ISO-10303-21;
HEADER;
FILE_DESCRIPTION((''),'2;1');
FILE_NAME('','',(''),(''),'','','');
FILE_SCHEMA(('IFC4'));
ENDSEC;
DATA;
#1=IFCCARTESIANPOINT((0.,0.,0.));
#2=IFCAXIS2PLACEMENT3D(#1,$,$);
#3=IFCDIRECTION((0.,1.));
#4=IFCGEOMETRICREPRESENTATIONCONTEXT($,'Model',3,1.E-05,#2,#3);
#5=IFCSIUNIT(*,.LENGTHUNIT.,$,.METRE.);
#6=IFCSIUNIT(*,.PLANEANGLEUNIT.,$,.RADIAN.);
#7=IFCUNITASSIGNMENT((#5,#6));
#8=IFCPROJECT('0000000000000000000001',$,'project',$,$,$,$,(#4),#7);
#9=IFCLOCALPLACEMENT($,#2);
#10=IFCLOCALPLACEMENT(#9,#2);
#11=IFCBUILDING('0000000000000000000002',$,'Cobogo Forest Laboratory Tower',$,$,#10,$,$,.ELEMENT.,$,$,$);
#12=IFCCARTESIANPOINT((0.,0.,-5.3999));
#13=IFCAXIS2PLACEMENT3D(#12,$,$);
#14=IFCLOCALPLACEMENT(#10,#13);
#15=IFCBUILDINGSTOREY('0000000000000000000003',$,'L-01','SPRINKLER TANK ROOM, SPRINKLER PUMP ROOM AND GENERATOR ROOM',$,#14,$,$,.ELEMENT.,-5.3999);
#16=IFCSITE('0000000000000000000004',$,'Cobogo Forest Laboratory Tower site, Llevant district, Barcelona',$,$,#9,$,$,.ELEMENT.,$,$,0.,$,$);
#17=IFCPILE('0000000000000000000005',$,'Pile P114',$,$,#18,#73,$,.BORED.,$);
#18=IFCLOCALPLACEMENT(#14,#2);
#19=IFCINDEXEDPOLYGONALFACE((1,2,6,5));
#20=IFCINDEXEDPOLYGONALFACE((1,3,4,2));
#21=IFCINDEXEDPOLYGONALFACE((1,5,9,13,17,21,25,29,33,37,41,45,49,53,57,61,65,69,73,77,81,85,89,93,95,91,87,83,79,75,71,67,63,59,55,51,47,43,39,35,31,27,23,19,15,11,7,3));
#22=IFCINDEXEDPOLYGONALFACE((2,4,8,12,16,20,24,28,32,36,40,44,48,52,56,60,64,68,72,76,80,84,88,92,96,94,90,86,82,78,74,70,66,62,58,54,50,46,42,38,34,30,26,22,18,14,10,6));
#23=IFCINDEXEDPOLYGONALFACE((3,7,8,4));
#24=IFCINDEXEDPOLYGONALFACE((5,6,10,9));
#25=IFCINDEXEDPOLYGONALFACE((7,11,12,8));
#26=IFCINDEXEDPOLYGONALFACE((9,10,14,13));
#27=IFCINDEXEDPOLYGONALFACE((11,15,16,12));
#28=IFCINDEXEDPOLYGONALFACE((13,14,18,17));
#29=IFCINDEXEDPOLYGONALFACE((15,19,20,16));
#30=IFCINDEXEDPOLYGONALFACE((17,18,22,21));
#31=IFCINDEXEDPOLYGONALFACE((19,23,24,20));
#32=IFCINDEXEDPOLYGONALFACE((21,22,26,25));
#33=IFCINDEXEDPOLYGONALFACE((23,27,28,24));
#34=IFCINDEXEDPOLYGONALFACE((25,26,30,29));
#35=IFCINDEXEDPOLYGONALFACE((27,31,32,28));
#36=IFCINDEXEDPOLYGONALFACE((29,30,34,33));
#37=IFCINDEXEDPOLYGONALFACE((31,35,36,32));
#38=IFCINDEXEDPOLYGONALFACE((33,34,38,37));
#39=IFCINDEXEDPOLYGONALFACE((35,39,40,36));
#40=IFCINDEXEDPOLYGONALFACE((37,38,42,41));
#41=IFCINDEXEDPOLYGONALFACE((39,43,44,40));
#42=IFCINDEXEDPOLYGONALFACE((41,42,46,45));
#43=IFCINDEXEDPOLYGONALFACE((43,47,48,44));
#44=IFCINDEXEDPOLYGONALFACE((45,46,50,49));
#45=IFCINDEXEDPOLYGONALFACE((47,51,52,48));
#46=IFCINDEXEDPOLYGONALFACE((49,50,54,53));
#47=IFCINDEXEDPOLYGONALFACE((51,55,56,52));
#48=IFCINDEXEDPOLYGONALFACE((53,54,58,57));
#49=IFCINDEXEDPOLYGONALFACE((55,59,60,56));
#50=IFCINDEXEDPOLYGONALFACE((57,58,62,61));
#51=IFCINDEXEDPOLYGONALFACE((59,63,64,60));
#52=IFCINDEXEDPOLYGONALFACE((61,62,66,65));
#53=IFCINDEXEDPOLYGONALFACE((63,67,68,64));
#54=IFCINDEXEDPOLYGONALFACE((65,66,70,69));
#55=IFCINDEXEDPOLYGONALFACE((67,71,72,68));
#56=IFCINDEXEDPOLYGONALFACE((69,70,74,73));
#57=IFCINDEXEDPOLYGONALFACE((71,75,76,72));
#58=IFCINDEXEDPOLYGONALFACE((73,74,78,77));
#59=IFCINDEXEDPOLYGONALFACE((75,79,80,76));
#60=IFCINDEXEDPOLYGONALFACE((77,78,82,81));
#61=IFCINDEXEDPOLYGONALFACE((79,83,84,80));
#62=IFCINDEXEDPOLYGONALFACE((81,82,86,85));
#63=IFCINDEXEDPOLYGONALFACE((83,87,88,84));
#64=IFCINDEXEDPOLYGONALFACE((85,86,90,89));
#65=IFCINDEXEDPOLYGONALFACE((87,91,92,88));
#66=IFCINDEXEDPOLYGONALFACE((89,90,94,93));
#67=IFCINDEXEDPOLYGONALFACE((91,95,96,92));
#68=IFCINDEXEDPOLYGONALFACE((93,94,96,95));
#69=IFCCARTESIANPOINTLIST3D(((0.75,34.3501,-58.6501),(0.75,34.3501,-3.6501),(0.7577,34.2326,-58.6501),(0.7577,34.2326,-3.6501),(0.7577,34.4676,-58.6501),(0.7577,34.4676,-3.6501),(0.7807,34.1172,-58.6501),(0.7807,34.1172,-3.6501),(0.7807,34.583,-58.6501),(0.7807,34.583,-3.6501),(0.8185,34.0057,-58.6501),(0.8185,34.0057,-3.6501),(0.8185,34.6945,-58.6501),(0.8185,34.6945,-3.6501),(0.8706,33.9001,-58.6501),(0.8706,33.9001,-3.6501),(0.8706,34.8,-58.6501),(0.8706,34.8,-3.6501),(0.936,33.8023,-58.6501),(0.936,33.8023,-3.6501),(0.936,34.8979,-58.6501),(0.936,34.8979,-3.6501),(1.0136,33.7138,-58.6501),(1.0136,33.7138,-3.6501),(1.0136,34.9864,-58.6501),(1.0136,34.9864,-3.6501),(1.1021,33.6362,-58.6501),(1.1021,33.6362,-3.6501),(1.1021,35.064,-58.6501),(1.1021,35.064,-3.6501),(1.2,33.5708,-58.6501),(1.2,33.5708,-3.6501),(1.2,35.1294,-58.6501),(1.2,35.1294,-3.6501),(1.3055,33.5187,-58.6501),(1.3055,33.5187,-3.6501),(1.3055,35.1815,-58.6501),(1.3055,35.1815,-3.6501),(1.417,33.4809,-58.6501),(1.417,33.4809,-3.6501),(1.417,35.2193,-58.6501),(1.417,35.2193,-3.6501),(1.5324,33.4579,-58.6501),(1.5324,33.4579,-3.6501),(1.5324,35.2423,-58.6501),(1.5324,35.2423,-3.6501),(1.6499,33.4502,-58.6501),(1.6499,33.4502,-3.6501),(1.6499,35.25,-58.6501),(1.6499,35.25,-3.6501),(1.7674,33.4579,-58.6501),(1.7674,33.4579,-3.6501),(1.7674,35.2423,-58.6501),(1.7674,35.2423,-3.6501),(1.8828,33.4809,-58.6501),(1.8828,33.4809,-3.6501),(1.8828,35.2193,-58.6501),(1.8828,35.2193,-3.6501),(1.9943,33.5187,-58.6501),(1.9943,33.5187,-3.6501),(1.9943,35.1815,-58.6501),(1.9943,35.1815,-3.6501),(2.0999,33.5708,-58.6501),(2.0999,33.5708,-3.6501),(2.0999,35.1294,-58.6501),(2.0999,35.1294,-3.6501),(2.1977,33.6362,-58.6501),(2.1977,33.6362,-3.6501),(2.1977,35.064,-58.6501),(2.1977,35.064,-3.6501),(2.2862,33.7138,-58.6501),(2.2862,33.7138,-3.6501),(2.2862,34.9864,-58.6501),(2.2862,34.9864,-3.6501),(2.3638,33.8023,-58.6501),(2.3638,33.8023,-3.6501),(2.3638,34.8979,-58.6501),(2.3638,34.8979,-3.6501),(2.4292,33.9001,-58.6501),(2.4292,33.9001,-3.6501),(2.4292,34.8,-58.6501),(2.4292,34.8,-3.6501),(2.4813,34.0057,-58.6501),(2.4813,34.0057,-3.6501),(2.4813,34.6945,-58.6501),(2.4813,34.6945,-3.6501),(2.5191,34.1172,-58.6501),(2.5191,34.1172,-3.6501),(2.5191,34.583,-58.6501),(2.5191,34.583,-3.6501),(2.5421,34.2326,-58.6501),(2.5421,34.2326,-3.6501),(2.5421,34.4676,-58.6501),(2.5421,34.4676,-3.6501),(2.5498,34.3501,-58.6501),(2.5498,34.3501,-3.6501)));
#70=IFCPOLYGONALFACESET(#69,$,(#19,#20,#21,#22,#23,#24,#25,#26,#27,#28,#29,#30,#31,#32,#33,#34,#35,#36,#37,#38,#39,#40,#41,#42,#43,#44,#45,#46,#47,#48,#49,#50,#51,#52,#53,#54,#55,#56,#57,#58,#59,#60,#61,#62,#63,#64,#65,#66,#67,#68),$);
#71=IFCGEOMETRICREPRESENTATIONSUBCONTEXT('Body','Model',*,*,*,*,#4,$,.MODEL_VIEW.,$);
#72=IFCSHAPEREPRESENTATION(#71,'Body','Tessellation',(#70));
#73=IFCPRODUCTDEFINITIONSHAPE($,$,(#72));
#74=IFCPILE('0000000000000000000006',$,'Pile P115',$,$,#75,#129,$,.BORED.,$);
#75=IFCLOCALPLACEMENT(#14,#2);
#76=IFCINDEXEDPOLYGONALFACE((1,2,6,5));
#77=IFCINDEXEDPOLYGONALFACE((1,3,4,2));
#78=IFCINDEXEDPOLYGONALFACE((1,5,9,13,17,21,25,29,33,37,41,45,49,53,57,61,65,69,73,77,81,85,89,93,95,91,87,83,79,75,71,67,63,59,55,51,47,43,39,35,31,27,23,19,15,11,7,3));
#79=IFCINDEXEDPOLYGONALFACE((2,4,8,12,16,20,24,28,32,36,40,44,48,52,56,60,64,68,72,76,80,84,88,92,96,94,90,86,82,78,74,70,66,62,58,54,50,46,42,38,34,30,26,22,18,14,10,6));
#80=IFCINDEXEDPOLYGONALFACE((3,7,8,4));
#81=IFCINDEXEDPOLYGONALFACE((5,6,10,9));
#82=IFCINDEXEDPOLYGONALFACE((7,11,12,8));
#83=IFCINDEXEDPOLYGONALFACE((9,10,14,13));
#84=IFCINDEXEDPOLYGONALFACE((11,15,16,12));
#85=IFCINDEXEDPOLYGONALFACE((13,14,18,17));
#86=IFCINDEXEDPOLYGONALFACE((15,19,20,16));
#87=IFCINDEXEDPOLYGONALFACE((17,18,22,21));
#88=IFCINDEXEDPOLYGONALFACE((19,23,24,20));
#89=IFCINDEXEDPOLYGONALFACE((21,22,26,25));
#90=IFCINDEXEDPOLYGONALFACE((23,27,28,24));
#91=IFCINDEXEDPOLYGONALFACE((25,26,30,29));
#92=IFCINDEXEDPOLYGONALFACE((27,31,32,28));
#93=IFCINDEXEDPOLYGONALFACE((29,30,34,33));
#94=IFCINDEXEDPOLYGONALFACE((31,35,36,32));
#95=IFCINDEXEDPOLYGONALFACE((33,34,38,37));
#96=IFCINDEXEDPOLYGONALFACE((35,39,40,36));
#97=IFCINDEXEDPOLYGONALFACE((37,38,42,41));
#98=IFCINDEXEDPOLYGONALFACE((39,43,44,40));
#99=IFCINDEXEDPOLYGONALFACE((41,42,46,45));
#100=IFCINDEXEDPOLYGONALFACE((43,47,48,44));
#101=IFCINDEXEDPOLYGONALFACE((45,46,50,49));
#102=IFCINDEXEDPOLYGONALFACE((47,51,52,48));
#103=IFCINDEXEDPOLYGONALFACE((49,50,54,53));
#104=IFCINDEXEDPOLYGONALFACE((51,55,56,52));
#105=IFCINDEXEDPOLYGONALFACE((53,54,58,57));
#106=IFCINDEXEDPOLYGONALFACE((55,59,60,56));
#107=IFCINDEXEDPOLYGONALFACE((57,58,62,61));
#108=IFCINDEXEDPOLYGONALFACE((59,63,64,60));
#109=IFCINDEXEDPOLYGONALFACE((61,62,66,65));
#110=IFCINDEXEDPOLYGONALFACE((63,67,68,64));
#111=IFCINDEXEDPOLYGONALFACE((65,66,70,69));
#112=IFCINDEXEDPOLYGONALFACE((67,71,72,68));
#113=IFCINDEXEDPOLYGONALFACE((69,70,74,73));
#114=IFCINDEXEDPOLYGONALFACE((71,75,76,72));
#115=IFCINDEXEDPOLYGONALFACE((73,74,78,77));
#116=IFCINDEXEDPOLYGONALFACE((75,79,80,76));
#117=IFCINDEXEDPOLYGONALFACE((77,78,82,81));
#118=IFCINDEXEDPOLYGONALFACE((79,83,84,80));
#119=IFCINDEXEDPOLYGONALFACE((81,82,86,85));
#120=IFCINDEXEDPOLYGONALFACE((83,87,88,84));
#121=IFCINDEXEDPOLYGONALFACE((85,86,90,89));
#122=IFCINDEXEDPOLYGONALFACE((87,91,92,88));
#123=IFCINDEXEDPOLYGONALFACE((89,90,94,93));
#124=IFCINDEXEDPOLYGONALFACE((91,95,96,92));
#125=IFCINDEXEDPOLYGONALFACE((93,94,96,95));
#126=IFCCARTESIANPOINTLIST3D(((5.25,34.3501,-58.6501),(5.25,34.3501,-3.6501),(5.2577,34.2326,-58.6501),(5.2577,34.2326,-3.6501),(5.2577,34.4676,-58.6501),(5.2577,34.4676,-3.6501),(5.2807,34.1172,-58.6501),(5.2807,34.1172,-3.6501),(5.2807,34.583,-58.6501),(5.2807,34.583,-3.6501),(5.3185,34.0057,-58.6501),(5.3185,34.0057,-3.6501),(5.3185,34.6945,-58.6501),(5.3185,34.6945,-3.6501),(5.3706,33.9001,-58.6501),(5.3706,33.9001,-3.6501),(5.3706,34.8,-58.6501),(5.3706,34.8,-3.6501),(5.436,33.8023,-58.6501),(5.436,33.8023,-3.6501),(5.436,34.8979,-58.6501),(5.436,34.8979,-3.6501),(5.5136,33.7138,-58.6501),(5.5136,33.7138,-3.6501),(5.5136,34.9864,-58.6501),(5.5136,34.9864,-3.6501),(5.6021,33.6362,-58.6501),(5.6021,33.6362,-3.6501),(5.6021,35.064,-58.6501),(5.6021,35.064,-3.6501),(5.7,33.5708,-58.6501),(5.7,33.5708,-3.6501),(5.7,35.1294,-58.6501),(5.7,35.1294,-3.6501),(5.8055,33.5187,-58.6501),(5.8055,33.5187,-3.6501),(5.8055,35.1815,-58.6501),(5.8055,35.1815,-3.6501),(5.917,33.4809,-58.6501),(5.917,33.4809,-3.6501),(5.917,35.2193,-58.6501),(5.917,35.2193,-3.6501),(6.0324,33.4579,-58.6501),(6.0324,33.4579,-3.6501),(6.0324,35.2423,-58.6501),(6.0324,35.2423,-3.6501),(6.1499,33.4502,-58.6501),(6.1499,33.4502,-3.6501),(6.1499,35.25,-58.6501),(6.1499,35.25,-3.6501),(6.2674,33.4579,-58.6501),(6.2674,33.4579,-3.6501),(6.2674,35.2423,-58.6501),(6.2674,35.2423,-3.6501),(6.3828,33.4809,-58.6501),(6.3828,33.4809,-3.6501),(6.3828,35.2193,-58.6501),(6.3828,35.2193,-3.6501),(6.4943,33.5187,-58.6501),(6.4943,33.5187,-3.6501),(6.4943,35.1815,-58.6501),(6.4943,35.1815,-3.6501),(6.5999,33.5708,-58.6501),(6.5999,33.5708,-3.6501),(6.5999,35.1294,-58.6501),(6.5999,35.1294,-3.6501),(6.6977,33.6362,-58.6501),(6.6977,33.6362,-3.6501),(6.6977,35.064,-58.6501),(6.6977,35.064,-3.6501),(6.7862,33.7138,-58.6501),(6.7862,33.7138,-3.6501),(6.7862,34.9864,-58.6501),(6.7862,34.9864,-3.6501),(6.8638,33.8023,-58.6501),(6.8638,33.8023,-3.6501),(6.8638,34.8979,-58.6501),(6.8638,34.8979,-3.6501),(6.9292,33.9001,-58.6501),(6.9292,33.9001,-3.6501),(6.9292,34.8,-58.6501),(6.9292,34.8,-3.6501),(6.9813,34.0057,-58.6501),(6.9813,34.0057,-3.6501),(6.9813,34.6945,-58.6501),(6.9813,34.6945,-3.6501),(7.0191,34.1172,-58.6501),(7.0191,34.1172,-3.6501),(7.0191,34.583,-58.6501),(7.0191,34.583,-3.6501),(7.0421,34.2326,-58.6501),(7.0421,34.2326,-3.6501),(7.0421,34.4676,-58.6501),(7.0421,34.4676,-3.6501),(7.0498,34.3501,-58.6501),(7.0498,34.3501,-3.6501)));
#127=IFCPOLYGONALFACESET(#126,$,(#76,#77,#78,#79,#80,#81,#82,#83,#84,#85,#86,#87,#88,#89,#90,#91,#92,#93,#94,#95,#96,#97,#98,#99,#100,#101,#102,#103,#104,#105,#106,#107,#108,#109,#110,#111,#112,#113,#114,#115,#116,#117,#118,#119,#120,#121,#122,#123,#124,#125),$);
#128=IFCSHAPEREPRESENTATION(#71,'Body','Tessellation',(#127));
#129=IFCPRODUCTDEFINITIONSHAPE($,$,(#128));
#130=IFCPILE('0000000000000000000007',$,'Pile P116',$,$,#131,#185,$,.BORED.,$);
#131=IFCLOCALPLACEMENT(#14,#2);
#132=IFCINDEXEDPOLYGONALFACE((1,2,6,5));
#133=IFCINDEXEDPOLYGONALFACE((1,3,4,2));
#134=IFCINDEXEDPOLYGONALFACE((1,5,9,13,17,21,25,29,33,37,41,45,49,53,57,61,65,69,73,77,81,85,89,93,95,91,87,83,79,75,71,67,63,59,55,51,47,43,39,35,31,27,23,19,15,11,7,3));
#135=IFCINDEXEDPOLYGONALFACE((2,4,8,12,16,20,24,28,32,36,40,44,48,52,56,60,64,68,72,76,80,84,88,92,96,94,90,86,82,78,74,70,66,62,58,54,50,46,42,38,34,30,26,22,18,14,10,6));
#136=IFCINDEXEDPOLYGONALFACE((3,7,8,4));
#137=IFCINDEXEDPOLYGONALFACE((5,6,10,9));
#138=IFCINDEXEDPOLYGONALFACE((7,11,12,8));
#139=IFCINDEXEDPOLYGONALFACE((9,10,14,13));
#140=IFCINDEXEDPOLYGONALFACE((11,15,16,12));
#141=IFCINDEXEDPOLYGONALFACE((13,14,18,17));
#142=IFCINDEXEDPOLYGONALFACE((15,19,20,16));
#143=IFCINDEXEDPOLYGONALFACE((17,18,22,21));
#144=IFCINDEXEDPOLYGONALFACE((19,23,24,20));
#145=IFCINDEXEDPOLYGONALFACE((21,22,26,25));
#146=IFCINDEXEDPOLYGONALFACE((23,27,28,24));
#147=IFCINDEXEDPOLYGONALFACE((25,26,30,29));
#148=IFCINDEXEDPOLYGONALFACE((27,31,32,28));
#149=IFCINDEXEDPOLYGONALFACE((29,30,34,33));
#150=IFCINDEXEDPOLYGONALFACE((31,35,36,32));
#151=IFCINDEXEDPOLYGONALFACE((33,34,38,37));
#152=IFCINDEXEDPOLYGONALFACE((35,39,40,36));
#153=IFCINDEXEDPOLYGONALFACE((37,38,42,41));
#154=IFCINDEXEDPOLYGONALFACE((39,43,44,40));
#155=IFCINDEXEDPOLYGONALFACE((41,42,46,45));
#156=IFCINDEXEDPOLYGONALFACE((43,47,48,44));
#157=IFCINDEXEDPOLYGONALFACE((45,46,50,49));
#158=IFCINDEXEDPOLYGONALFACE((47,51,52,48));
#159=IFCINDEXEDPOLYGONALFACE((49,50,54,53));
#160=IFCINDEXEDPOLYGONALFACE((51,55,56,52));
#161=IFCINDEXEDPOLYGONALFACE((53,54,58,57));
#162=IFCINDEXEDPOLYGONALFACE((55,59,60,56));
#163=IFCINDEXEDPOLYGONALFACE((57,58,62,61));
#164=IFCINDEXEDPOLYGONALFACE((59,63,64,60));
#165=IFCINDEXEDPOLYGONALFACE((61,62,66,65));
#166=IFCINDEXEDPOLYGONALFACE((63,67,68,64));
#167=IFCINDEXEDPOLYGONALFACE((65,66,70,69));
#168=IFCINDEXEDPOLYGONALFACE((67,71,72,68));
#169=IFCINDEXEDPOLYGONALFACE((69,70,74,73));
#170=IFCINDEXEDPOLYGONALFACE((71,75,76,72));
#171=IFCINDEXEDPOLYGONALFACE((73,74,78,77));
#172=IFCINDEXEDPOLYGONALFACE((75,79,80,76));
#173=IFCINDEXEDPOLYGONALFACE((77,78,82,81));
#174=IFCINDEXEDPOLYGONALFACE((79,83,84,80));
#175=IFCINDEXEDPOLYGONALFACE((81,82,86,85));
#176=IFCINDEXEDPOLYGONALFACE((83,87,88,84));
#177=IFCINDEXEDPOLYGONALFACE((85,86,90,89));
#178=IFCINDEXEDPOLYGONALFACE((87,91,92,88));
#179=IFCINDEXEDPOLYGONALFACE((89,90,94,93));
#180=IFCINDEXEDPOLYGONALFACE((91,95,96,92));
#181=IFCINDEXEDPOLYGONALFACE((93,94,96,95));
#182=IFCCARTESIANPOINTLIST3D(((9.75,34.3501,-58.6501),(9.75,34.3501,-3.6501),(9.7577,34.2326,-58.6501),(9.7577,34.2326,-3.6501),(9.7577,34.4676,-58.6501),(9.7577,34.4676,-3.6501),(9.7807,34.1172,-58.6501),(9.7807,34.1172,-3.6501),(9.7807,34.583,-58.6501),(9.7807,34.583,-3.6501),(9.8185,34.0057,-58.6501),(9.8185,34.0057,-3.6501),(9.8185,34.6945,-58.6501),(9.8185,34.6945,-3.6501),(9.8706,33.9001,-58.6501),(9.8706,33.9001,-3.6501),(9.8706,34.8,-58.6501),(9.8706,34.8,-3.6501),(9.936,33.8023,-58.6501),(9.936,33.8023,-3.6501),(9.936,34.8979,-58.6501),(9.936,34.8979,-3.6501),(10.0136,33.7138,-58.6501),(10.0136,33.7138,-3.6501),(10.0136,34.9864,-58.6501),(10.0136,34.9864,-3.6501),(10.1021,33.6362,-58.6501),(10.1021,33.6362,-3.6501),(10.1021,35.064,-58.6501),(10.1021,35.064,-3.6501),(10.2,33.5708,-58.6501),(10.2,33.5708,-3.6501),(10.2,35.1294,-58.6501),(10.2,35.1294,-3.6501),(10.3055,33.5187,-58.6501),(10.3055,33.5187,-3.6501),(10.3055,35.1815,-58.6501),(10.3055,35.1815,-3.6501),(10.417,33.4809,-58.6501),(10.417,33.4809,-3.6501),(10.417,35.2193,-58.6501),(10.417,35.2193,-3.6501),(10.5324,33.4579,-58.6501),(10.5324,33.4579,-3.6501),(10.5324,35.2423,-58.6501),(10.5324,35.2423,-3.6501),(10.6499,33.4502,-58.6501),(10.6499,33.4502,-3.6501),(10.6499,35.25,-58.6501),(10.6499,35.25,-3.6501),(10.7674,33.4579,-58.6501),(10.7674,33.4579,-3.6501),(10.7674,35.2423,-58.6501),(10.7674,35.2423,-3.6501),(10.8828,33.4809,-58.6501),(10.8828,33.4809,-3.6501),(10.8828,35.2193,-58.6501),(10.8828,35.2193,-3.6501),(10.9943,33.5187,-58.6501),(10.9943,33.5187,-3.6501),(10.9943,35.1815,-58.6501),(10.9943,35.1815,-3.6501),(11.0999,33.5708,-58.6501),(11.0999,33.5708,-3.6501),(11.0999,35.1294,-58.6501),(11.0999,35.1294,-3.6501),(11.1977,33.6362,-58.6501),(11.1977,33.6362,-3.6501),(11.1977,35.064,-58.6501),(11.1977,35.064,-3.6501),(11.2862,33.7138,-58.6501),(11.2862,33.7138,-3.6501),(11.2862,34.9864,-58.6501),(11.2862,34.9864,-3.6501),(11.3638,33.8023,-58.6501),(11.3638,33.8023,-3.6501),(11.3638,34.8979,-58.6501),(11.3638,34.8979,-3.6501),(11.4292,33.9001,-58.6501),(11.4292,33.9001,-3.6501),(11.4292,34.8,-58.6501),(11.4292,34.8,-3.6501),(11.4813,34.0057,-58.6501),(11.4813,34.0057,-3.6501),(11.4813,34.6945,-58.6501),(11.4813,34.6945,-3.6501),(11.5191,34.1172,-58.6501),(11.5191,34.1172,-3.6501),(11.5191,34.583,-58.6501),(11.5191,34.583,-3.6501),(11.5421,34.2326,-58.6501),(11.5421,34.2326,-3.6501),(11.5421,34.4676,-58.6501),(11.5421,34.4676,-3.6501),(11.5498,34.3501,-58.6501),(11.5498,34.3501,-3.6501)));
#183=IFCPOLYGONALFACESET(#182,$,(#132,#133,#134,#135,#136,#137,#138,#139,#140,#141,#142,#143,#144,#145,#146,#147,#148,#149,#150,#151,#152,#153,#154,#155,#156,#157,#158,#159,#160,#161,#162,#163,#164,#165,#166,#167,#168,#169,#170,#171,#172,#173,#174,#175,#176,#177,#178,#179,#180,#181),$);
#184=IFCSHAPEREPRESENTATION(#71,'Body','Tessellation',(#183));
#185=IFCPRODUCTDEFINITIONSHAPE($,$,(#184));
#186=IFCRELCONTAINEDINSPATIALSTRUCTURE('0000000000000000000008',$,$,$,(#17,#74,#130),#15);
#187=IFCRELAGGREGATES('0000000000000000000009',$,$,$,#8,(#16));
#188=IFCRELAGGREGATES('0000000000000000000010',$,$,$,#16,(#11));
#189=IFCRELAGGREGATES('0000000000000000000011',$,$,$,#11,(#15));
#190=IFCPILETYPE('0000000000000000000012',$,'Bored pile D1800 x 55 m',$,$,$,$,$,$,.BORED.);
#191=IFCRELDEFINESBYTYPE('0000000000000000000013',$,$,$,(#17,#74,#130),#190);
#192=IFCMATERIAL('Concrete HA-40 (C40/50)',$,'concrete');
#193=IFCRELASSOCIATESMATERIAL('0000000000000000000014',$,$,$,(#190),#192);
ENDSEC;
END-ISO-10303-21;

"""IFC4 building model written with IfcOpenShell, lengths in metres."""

from ifc_helpers import new_model, si_unit, direction, frame, origin, origin_2d, place, context, subcontext, project, spatial, circle, extrude, material, material_profile, profile_set, type_object, element, save


model = new_model("IFC4")

# Units and contexts
model_context = context("Model", 3, precision=1e-05, world=origin(), true_north=direction((0.0, 1.0)))
body_context = subcontext(model_context, "Body", "Model", "MODEL_VIEW")
ifc_project = project(units=[si_unit("LENGTHUNIT", "METRE"), si_unit("PLANEANGLEUNIT", "RADIAN")], contexts=[model_context])

# Site, building, storey
site_placement = place(None, origin())
site = spatial("IfcSite", under=ifc_project, at=site_placement, Name="Cobogo Forest Laboratory Tower site, Llevant district, Barcelona", CompositionType="ELEMENT", RefElevation=0.0)
building_placement = place(site_placement, origin())
building = spatial("IfcBuilding", under=site, at=building_placement, Name="Cobogo Forest Laboratory Tower", CompositionType="ELEMENT")
storey_placement = place(building_placement, frame((0.0, 0.0, -5.3999)))
storey = spatial("IfcBuildingStorey", under=building, at=storey_placement, Name="L-01", Description="SPRINKLER TANK ROOM, SPRINKLER PUMP ROOM AND GENERATOR ROOM", CompositionType="ELEMENT", Elevation=-5.3999)

# Piles
ifc_material_1 = material(Name="Concrete HA-40 (C40/50)", Category="concrete")
ifc_material_profile_1 = material_profile(ifc_material_1, circle(Radius=0.8999, at=origin_2d()), Name="PILE D1800")
ifc_profile_set_1 = profile_set([ifc_material_profile_1], Name="Concrete HA-40 (C40/50)")
pile_type_1 = type_object("IfcPileType", Name="Bored pile D1800 x 55 m", PredefinedType="BORED", material=ifc_profile_set_1)
for number, where, z_axis, x_axis, name in (
    (1, (1.6499, 34.3501, -3.6501), (0.0, 0.0, -1.0), (1.0, 0.0, 0.0), "Pile P114"),
    (2, (6.1499, 34.3501, -3.6501), (0.0, 0.0, -1.0), (1.0, 0.0, 0.0), "Pile P115"),
    (3, (10.6499, 34.3501, -3.6501), (0.0, 0.0, -1.0), (1.0, 0.0, 0.0), "Pile P116"),
):
    element("IfcPile", number, at=place(storey_placement, frame(where, z_axis=z_axis, x_axis=x_axis)), inside=storey, type_object=pile_type_1, Name=name, PredefinedType="BORED", context=body_context, shape_type="SweptSolid", body=[
        extrude(circle(Radius=0.8999, at=origin_2d()), origin(), (0.0, 0.0, 1.0), 55.0),
    ])

save(model, "model.ifc")
